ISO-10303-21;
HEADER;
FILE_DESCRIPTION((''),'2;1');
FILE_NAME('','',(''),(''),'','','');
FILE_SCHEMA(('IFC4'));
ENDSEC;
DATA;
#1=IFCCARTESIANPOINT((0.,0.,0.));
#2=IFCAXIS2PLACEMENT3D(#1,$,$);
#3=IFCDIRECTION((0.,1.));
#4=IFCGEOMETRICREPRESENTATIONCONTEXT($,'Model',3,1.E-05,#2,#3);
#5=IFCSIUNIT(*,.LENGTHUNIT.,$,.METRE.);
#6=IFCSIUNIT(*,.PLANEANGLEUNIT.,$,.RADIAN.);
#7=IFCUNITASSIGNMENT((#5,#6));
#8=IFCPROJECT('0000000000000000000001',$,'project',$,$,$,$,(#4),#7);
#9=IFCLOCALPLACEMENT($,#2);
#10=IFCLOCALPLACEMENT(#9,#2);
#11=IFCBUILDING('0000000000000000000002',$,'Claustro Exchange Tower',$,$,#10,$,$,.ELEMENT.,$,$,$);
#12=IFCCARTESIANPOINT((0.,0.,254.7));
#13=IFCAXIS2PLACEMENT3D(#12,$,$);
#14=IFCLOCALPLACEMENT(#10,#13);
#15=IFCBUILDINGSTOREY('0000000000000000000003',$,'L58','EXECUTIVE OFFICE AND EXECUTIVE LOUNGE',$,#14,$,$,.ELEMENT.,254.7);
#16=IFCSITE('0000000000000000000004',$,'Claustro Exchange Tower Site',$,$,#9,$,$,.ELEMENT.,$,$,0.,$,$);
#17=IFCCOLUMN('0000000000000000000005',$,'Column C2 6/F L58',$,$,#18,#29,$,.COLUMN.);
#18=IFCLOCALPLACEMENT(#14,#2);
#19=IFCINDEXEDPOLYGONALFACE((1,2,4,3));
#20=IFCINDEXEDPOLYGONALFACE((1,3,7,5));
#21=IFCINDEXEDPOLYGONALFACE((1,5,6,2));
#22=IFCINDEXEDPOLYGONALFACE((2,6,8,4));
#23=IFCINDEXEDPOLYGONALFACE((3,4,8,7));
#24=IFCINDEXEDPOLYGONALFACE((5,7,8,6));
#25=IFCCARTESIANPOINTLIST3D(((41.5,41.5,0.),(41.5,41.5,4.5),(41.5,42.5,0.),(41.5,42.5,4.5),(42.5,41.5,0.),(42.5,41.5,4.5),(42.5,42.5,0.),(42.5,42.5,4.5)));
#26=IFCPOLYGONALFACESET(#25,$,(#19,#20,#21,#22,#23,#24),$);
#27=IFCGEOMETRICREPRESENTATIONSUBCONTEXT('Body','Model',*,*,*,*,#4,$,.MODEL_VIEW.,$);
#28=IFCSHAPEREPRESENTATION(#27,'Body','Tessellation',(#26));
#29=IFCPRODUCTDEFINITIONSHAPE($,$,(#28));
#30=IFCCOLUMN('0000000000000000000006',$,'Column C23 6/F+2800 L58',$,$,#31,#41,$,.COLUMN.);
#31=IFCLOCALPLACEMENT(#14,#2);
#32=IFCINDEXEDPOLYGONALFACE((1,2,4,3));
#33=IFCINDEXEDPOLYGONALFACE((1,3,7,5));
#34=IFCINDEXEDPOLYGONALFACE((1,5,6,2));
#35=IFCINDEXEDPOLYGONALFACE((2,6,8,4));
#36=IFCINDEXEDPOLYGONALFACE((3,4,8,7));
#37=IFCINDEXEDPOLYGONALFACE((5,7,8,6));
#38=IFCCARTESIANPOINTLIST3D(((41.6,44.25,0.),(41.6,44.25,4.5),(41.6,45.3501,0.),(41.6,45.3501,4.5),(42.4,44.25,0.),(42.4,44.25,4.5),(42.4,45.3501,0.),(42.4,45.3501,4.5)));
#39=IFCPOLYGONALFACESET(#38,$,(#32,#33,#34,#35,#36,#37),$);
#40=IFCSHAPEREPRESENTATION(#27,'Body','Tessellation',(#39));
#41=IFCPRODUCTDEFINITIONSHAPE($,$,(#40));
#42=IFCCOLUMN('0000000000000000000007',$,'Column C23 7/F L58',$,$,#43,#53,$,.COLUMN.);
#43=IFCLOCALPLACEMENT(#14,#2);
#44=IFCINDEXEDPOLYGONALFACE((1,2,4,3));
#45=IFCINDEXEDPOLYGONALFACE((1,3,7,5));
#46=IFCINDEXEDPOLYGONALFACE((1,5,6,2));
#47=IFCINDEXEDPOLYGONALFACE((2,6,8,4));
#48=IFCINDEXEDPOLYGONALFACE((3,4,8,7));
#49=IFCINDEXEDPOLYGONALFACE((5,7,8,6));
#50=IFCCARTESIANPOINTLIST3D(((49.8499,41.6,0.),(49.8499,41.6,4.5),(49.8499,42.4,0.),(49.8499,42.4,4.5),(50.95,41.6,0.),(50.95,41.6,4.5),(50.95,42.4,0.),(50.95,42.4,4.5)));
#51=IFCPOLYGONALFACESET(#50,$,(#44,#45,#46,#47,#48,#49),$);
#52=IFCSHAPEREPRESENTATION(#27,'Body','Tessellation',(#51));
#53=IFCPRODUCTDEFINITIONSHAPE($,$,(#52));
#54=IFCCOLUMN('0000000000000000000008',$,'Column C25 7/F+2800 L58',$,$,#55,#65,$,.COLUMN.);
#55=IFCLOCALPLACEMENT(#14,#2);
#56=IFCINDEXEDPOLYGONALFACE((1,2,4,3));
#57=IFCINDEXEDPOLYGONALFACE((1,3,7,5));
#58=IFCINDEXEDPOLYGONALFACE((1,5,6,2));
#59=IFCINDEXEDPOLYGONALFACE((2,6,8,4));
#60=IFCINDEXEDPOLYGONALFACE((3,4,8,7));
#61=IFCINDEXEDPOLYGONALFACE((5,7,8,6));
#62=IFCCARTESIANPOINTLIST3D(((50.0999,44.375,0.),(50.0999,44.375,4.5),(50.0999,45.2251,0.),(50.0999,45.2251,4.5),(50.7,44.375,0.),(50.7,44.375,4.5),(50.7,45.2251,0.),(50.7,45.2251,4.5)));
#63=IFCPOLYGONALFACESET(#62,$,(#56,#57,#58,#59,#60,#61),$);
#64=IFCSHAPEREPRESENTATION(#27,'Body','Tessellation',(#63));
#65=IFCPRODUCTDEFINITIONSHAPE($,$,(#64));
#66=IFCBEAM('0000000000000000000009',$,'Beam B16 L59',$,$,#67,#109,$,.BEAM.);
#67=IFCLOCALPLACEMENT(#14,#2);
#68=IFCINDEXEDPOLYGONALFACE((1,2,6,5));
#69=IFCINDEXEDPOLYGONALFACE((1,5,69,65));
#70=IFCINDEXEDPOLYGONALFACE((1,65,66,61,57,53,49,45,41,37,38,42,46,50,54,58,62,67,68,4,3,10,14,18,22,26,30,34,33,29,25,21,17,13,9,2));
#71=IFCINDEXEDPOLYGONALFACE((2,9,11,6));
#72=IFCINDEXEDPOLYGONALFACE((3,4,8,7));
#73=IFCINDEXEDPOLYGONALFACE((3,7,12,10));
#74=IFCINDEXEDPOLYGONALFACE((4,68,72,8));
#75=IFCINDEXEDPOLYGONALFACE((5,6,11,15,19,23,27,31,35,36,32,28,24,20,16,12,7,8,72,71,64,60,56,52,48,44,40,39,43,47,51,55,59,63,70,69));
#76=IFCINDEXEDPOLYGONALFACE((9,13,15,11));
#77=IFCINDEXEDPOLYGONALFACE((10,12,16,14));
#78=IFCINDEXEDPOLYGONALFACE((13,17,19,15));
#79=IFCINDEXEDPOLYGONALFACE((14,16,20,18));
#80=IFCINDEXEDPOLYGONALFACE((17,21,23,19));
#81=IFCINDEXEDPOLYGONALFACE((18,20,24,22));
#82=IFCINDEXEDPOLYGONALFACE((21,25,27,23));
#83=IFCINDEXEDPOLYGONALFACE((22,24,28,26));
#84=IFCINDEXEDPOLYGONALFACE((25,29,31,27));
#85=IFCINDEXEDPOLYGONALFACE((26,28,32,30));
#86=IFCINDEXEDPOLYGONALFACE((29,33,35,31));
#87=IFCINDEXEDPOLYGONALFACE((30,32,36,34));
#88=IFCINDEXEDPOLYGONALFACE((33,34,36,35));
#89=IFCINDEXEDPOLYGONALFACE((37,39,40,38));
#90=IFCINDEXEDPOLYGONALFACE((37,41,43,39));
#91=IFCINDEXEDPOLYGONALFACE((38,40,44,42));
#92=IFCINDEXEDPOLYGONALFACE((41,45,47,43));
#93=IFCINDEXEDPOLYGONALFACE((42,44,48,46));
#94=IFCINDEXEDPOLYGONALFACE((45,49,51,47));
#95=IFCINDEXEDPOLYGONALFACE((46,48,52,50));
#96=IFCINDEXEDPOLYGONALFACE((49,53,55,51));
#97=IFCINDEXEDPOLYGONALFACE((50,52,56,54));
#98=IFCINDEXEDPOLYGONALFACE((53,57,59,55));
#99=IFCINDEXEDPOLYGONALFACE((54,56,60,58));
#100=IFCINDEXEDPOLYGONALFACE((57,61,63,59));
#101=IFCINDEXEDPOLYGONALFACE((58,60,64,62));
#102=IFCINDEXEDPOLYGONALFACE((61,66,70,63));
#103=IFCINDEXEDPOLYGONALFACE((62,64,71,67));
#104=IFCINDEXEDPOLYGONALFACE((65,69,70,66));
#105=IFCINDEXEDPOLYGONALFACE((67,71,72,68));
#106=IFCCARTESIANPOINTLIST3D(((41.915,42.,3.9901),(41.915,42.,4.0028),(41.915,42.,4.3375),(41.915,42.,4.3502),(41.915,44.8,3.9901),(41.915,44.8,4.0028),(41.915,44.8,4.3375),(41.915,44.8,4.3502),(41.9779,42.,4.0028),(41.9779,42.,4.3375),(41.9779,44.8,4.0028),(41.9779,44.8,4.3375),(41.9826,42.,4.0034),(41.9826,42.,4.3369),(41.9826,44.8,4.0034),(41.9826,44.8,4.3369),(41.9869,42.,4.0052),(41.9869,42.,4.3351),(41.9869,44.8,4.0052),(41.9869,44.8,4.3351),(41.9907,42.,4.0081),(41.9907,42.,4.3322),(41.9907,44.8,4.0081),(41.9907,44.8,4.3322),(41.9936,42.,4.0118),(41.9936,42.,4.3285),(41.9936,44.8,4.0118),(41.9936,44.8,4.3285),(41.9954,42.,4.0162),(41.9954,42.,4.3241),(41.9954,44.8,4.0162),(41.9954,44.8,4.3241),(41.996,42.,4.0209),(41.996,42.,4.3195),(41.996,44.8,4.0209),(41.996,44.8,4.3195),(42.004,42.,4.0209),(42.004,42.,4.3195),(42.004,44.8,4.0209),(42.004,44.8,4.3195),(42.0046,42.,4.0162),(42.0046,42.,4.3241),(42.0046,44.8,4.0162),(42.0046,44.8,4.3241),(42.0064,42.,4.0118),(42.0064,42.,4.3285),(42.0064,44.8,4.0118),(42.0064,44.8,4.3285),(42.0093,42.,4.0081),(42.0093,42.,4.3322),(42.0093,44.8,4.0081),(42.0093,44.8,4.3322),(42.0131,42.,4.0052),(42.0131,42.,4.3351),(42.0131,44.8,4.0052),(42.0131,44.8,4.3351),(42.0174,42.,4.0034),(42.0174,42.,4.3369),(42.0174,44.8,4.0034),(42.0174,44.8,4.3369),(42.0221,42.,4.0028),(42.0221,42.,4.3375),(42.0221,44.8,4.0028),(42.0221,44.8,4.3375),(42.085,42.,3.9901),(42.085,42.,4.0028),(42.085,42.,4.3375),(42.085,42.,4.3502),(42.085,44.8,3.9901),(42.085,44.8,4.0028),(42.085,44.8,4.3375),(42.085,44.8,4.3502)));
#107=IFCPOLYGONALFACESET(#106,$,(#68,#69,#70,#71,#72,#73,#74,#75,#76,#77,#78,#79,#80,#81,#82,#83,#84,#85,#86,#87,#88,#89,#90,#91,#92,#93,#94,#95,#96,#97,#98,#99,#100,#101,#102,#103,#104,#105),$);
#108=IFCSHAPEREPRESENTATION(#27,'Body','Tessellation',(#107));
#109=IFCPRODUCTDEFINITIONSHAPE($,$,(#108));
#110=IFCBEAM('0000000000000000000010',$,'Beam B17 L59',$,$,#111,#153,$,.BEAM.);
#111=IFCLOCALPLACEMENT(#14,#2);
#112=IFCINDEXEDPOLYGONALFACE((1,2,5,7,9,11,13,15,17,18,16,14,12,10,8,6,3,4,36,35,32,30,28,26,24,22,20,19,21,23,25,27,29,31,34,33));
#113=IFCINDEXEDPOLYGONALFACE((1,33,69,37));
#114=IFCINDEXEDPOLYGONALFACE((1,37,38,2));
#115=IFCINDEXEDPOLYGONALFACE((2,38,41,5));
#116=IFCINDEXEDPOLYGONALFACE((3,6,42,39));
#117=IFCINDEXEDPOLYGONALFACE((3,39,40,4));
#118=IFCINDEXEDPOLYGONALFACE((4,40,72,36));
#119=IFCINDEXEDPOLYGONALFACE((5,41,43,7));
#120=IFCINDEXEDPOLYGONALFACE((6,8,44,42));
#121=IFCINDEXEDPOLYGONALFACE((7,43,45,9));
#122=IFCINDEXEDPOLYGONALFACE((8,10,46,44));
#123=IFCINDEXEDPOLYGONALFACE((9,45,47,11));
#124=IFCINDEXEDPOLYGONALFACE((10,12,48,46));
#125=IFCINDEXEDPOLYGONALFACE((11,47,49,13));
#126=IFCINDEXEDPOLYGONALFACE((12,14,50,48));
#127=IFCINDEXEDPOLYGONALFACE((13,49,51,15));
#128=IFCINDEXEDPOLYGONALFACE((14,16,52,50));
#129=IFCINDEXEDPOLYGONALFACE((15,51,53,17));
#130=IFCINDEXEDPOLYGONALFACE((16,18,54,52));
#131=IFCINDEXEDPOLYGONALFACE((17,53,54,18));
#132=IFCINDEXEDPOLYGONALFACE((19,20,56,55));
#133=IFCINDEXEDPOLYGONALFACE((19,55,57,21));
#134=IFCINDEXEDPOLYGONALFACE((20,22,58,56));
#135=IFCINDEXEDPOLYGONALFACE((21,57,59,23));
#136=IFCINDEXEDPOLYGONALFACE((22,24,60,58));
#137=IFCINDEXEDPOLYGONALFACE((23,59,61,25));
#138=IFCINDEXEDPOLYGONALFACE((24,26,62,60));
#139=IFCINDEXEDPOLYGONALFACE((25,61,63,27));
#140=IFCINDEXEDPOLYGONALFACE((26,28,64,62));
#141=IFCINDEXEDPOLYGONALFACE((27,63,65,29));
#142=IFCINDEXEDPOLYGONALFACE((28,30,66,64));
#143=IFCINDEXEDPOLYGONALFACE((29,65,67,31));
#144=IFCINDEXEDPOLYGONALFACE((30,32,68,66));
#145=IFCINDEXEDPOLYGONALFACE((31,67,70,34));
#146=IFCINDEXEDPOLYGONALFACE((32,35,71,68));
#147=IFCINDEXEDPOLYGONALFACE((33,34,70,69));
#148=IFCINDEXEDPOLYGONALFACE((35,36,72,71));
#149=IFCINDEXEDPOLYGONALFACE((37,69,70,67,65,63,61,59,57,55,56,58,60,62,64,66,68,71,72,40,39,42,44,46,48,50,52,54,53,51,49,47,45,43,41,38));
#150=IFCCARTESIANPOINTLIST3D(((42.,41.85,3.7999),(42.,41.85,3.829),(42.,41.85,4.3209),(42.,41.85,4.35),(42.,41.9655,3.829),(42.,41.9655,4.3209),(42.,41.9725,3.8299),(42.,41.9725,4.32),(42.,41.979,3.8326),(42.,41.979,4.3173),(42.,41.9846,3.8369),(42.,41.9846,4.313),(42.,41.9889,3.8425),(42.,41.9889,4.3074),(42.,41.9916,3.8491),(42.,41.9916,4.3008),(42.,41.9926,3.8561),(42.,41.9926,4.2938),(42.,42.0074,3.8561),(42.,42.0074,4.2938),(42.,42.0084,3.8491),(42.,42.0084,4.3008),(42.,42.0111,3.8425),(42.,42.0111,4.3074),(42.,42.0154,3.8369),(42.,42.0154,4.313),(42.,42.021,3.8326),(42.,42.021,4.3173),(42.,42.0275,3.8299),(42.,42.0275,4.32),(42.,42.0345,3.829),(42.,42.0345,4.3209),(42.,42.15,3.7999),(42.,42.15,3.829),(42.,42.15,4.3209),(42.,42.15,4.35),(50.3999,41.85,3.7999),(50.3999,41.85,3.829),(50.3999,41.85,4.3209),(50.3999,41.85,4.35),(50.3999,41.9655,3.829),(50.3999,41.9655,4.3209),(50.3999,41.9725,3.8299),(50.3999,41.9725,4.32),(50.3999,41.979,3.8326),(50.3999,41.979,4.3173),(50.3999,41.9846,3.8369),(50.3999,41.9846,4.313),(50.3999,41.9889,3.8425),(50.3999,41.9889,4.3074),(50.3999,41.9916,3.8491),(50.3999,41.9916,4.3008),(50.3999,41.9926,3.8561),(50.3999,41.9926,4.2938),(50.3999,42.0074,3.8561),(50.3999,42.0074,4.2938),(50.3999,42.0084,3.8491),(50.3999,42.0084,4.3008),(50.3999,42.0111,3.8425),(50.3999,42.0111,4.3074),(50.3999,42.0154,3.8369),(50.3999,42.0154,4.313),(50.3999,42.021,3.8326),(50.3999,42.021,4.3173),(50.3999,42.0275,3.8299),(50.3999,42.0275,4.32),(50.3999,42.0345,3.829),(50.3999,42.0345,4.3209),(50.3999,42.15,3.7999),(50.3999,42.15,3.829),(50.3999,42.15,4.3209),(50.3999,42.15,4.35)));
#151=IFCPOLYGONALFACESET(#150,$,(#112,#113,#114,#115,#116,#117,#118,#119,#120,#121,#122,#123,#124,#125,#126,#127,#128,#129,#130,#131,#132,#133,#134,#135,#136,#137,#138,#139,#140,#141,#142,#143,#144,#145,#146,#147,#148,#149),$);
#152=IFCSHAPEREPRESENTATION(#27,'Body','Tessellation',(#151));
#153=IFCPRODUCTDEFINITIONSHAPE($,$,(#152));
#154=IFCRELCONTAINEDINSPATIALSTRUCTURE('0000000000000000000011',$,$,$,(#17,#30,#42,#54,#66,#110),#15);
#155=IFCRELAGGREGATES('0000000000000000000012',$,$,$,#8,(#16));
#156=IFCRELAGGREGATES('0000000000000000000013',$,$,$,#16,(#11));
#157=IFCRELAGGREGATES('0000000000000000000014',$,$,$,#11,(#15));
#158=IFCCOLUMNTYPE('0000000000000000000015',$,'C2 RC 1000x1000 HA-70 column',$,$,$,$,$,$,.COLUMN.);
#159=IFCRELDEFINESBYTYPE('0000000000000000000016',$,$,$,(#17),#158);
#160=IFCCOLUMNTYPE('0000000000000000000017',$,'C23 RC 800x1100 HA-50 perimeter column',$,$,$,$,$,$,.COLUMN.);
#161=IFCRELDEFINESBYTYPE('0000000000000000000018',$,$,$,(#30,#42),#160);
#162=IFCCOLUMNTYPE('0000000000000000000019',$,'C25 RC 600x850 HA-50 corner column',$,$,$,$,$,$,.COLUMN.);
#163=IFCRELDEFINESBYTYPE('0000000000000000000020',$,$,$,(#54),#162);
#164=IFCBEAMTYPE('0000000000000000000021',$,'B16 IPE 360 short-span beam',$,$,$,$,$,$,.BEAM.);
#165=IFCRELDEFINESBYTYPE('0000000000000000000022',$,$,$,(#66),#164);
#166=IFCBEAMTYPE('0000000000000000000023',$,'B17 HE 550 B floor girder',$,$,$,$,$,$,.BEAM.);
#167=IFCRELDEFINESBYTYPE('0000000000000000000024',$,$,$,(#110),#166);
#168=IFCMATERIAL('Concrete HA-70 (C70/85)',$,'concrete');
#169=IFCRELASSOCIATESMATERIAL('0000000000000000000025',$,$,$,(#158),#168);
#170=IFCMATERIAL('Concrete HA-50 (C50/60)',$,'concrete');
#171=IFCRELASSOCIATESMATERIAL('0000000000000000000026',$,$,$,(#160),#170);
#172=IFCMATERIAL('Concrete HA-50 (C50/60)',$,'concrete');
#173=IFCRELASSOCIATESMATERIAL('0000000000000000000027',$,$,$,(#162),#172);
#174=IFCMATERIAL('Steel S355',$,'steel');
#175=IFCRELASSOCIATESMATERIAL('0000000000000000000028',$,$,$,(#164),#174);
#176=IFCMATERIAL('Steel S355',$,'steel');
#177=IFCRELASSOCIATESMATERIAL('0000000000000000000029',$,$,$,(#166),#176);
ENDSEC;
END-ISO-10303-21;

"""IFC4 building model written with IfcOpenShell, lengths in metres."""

from ifc_helpers import new_model, si_unit, direction, frame, origin, origin_2d, place, context, subcontext, project, spatial, rectangle, i_section, extrude, material, material_profile, profile_set, type_object, element, save


model = new_model("IFC4")

# Units and contexts
model_context = context("Model", 3, precision=1e-05, world=origin(), true_north=direction((0.0, 1.0)))
body_context = subcontext(model_context, "Body", "Model", "MODEL_VIEW")
ifc_project = project(units=[si_unit("LENGTHUNIT", "METRE"), si_unit("PLANEANGLEUNIT", "RADIAN")], contexts=[model_context])

# Site, building, storey
site_placement = place(None, origin())
site = spatial("IfcSite", under=ifc_project, at=site_placement, Name="Claustro Exchange Tower Site", CompositionType="ELEMENT", RefElevation=0.0)
building_placement = place(site_placement, origin())
building = spatial("IfcBuilding", under=site, at=building_placement, Name="Claustro Exchange Tower", CompositionType="ELEMENT")
storey_placement = place(building_placement, frame((0.0, 0.0, 254.7)))
storey = spatial("IfcBuildingStorey", under=building, at=storey_placement, Name="L58", Description="EXECUTIVE OFFICE AND EXECUTIVE LOUNGE", CompositionType="ELEMENT", Elevation=254.7)

# Columns
ifc_material_1 = material(Name="Concrete HA-70 (C70/85)", Category="concrete")
ifc_material_profile_1 = material_profile(ifc_material_1, rectangle(XDim=1.0, YDim=1.0, at=origin_2d()), Name="RC 1000x1000")
ifc_profile_set_1 = profile_set([ifc_material_profile_1], Name="Concrete HA-70 (C70/85)")
column_type_1 = type_object("IfcColumnType", Name="C2 RC 1000x1000 HA-70 column", PredefinedType="COLUMN", material=ifc_profile_set_1)
column_1_placement = place(storey_placement, frame((42.0, 42.0, 0.0), z_axis=(0.0, 0.0, 1.0), x_axis=(1.0, 0.0, 0.0)))
element("IfcColumn", 1, at=column_1_placement, inside=storey, type_object=column_type_1, Name="Column C2 6/F L58", PredefinedType="COLUMN", context=body_context, shape_type="SweptSolid", body=[
    extrude(rectangle(XDim=1.0, YDim=1.0, at=origin_2d()), origin(), (0.0, 0.0, 1.0), 4.5),
])
ifc_material_2 = material(Name="Concrete HA-50 (C50/60)", Category="concrete")
ifc_material_profile_2 = material_profile(ifc_material_2, rectangle(XDim=0.8, YDim=1.1001, at=origin_2d()), Name="RC 800x1100")
ifc_profile_set_2 = profile_set([ifc_material_profile_2], Name="Concrete HA-50 (C50/60)")
column_type_2 = type_object("IfcColumnType", Name="C23 RC 800x1100 HA-50 perimeter column", PredefinedType="COLUMN", material=ifc_profile_set_2)
for number, where, z_axis, x_axis, name in (
    (2, (42.0, 44.8, 0.0), (0.0, 0.0, 1.0), (1.0, 0.0, 0.0), "Column C23 6/F+2800 L58"),
    (3, (50.3999, 42.0, 0.0), (0.0, 0.0, 1.0), (0.0, 1.0, 0.0), "Column C23 7/F L58"),
):
    element("IfcColumn", number, at=place(storey_placement, frame(where, z_axis=z_axis, x_axis=x_axis)), inside=storey, type_object=column_type_2, Name=name, PredefinedType="COLUMN", context=body_context, shape_type="SweptSolid", body=[
        extrude(rectangle(XDim=0.8, YDim=1.1001, at=origin_2d()), origin(), (0.0, 0.0, 1.0), 4.5),
    ])
ifc_material_3 = material(Name="Concrete HA-50 (C50/60)", Category="concrete")
ifc_material_profile_3 = material_profile(ifc_material_3, rectangle(XDim=0.6001, YDim=0.8501, at=origin_2d()), Name="RC 600x850")
ifc_profile_set_3 = profile_set([ifc_material_profile_3], Name="Concrete HA-50 (C50/60)")
column_type_3 = type_object("IfcColumnType", Name="C25 RC 600x850 HA-50 corner column", PredefinedType="COLUMN", material=ifc_profile_set_3)
column_2_placement = place(storey_placement, frame((50.3999, 44.8, 0.0), z_axis=(0.0, 0.0, 1.0), x_axis=(1.0, 0.0, 0.0)))
element("IfcColumn", 4, at=column_2_placement, inside=storey, type_object=column_type_3, Name="Column C25 7/F+2800 L58", PredefinedType="COLUMN", context=body_context, shape_type="SweptSolid", body=[
    extrude(rectangle(XDim=0.6001, YDim=0.8501, at=origin_2d()), origin(), (0.0, 0.0, 1.0), 4.5),
])

# Beams
ifc_material_4 = material(Name="Steel S355", Category="steel")
ifc_material_profile_4 = material_profile(ifc_material_4, i_section(OverallWidth=0.1699, OverallDepth=0.3601, WebThickness=0.0081, FlangeThickness=0.0127, FilletRadius=0.0181, at=origin_2d()), Name="IPE 360")
ifc_profile_set_4 = profile_set([ifc_material_profile_4], Name="Steel S355")
beam_type_1 = type_object("IfcBeamType", Name="B16 IPE 360 short-span beam", PredefinedType="BEAM", material=ifc_profile_set_4)
beam_1_placement = place(storey_placement, frame((42.0, 42.0, 4.1702), z_axis=(0.0, 1.0, 0.0), x_axis=(-1.0, 0.0, 0.0)))
element("IfcBeam", 5, at=beam_1_placement, inside=storey, type_object=beam_type_1, Name="Beam B16 L59", PredefinedType="BEAM", context=body_context, shape_type="SweptSolid", body=[
    extrude(i_section(OverallWidth=0.1699, OverallDepth=0.3601, WebThickness=0.0081, FlangeThickness=0.0127, FilletRadius=0.0181, at=origin_2d()), origin(), (0.0, 0.0, 1.0), 2.8),
])
ifc_material_5 = material(Name="Steel S355", Category="steel")
ifc_material_profile_5 = material_profile(ifc_material_5, i_section(OverallWidth=0.3, OverallDepth=0.55, WebThickness=0.0149, FlangeThickness=0.0291, FilletRadius=0.0271, at=origin_2d()), Name="HE 550 B")
ifc_profile_set_5 = profile_set([ifc_material_profile_5], Name="Steel S355")
beam_type_2 = type_object("IfcBeamType", Name="B17 HE 550 B floor girder", PredefinedType="BEAM", material=ifc_profile_set_5)
beam_2_placement = place(storey_placement, frame((42.0, 42.0, 4.075), z_axis=(1.0, 0.0, 0.0), x_axis=(0.0, 1.0, 0.0)))
element("IfcBeam", 6, at=beam_2_placement, inside=storey, type_object=beam_type_2, Name="Beam B17 L59", PredefinedType="BEAM", context=body_context, shape_type="SweptSolid", body=[
    extrude(i_section(OverallWidth=0.3, OverallDepth=0.55, WebThickness=0.0149, FlangeThickness=0.0291, FilletRadius=0.0271, at=origin_2d()), origin(), (0.0, 0.0, 1.0), 8.3999),
])

save(model, "model.ifc")
